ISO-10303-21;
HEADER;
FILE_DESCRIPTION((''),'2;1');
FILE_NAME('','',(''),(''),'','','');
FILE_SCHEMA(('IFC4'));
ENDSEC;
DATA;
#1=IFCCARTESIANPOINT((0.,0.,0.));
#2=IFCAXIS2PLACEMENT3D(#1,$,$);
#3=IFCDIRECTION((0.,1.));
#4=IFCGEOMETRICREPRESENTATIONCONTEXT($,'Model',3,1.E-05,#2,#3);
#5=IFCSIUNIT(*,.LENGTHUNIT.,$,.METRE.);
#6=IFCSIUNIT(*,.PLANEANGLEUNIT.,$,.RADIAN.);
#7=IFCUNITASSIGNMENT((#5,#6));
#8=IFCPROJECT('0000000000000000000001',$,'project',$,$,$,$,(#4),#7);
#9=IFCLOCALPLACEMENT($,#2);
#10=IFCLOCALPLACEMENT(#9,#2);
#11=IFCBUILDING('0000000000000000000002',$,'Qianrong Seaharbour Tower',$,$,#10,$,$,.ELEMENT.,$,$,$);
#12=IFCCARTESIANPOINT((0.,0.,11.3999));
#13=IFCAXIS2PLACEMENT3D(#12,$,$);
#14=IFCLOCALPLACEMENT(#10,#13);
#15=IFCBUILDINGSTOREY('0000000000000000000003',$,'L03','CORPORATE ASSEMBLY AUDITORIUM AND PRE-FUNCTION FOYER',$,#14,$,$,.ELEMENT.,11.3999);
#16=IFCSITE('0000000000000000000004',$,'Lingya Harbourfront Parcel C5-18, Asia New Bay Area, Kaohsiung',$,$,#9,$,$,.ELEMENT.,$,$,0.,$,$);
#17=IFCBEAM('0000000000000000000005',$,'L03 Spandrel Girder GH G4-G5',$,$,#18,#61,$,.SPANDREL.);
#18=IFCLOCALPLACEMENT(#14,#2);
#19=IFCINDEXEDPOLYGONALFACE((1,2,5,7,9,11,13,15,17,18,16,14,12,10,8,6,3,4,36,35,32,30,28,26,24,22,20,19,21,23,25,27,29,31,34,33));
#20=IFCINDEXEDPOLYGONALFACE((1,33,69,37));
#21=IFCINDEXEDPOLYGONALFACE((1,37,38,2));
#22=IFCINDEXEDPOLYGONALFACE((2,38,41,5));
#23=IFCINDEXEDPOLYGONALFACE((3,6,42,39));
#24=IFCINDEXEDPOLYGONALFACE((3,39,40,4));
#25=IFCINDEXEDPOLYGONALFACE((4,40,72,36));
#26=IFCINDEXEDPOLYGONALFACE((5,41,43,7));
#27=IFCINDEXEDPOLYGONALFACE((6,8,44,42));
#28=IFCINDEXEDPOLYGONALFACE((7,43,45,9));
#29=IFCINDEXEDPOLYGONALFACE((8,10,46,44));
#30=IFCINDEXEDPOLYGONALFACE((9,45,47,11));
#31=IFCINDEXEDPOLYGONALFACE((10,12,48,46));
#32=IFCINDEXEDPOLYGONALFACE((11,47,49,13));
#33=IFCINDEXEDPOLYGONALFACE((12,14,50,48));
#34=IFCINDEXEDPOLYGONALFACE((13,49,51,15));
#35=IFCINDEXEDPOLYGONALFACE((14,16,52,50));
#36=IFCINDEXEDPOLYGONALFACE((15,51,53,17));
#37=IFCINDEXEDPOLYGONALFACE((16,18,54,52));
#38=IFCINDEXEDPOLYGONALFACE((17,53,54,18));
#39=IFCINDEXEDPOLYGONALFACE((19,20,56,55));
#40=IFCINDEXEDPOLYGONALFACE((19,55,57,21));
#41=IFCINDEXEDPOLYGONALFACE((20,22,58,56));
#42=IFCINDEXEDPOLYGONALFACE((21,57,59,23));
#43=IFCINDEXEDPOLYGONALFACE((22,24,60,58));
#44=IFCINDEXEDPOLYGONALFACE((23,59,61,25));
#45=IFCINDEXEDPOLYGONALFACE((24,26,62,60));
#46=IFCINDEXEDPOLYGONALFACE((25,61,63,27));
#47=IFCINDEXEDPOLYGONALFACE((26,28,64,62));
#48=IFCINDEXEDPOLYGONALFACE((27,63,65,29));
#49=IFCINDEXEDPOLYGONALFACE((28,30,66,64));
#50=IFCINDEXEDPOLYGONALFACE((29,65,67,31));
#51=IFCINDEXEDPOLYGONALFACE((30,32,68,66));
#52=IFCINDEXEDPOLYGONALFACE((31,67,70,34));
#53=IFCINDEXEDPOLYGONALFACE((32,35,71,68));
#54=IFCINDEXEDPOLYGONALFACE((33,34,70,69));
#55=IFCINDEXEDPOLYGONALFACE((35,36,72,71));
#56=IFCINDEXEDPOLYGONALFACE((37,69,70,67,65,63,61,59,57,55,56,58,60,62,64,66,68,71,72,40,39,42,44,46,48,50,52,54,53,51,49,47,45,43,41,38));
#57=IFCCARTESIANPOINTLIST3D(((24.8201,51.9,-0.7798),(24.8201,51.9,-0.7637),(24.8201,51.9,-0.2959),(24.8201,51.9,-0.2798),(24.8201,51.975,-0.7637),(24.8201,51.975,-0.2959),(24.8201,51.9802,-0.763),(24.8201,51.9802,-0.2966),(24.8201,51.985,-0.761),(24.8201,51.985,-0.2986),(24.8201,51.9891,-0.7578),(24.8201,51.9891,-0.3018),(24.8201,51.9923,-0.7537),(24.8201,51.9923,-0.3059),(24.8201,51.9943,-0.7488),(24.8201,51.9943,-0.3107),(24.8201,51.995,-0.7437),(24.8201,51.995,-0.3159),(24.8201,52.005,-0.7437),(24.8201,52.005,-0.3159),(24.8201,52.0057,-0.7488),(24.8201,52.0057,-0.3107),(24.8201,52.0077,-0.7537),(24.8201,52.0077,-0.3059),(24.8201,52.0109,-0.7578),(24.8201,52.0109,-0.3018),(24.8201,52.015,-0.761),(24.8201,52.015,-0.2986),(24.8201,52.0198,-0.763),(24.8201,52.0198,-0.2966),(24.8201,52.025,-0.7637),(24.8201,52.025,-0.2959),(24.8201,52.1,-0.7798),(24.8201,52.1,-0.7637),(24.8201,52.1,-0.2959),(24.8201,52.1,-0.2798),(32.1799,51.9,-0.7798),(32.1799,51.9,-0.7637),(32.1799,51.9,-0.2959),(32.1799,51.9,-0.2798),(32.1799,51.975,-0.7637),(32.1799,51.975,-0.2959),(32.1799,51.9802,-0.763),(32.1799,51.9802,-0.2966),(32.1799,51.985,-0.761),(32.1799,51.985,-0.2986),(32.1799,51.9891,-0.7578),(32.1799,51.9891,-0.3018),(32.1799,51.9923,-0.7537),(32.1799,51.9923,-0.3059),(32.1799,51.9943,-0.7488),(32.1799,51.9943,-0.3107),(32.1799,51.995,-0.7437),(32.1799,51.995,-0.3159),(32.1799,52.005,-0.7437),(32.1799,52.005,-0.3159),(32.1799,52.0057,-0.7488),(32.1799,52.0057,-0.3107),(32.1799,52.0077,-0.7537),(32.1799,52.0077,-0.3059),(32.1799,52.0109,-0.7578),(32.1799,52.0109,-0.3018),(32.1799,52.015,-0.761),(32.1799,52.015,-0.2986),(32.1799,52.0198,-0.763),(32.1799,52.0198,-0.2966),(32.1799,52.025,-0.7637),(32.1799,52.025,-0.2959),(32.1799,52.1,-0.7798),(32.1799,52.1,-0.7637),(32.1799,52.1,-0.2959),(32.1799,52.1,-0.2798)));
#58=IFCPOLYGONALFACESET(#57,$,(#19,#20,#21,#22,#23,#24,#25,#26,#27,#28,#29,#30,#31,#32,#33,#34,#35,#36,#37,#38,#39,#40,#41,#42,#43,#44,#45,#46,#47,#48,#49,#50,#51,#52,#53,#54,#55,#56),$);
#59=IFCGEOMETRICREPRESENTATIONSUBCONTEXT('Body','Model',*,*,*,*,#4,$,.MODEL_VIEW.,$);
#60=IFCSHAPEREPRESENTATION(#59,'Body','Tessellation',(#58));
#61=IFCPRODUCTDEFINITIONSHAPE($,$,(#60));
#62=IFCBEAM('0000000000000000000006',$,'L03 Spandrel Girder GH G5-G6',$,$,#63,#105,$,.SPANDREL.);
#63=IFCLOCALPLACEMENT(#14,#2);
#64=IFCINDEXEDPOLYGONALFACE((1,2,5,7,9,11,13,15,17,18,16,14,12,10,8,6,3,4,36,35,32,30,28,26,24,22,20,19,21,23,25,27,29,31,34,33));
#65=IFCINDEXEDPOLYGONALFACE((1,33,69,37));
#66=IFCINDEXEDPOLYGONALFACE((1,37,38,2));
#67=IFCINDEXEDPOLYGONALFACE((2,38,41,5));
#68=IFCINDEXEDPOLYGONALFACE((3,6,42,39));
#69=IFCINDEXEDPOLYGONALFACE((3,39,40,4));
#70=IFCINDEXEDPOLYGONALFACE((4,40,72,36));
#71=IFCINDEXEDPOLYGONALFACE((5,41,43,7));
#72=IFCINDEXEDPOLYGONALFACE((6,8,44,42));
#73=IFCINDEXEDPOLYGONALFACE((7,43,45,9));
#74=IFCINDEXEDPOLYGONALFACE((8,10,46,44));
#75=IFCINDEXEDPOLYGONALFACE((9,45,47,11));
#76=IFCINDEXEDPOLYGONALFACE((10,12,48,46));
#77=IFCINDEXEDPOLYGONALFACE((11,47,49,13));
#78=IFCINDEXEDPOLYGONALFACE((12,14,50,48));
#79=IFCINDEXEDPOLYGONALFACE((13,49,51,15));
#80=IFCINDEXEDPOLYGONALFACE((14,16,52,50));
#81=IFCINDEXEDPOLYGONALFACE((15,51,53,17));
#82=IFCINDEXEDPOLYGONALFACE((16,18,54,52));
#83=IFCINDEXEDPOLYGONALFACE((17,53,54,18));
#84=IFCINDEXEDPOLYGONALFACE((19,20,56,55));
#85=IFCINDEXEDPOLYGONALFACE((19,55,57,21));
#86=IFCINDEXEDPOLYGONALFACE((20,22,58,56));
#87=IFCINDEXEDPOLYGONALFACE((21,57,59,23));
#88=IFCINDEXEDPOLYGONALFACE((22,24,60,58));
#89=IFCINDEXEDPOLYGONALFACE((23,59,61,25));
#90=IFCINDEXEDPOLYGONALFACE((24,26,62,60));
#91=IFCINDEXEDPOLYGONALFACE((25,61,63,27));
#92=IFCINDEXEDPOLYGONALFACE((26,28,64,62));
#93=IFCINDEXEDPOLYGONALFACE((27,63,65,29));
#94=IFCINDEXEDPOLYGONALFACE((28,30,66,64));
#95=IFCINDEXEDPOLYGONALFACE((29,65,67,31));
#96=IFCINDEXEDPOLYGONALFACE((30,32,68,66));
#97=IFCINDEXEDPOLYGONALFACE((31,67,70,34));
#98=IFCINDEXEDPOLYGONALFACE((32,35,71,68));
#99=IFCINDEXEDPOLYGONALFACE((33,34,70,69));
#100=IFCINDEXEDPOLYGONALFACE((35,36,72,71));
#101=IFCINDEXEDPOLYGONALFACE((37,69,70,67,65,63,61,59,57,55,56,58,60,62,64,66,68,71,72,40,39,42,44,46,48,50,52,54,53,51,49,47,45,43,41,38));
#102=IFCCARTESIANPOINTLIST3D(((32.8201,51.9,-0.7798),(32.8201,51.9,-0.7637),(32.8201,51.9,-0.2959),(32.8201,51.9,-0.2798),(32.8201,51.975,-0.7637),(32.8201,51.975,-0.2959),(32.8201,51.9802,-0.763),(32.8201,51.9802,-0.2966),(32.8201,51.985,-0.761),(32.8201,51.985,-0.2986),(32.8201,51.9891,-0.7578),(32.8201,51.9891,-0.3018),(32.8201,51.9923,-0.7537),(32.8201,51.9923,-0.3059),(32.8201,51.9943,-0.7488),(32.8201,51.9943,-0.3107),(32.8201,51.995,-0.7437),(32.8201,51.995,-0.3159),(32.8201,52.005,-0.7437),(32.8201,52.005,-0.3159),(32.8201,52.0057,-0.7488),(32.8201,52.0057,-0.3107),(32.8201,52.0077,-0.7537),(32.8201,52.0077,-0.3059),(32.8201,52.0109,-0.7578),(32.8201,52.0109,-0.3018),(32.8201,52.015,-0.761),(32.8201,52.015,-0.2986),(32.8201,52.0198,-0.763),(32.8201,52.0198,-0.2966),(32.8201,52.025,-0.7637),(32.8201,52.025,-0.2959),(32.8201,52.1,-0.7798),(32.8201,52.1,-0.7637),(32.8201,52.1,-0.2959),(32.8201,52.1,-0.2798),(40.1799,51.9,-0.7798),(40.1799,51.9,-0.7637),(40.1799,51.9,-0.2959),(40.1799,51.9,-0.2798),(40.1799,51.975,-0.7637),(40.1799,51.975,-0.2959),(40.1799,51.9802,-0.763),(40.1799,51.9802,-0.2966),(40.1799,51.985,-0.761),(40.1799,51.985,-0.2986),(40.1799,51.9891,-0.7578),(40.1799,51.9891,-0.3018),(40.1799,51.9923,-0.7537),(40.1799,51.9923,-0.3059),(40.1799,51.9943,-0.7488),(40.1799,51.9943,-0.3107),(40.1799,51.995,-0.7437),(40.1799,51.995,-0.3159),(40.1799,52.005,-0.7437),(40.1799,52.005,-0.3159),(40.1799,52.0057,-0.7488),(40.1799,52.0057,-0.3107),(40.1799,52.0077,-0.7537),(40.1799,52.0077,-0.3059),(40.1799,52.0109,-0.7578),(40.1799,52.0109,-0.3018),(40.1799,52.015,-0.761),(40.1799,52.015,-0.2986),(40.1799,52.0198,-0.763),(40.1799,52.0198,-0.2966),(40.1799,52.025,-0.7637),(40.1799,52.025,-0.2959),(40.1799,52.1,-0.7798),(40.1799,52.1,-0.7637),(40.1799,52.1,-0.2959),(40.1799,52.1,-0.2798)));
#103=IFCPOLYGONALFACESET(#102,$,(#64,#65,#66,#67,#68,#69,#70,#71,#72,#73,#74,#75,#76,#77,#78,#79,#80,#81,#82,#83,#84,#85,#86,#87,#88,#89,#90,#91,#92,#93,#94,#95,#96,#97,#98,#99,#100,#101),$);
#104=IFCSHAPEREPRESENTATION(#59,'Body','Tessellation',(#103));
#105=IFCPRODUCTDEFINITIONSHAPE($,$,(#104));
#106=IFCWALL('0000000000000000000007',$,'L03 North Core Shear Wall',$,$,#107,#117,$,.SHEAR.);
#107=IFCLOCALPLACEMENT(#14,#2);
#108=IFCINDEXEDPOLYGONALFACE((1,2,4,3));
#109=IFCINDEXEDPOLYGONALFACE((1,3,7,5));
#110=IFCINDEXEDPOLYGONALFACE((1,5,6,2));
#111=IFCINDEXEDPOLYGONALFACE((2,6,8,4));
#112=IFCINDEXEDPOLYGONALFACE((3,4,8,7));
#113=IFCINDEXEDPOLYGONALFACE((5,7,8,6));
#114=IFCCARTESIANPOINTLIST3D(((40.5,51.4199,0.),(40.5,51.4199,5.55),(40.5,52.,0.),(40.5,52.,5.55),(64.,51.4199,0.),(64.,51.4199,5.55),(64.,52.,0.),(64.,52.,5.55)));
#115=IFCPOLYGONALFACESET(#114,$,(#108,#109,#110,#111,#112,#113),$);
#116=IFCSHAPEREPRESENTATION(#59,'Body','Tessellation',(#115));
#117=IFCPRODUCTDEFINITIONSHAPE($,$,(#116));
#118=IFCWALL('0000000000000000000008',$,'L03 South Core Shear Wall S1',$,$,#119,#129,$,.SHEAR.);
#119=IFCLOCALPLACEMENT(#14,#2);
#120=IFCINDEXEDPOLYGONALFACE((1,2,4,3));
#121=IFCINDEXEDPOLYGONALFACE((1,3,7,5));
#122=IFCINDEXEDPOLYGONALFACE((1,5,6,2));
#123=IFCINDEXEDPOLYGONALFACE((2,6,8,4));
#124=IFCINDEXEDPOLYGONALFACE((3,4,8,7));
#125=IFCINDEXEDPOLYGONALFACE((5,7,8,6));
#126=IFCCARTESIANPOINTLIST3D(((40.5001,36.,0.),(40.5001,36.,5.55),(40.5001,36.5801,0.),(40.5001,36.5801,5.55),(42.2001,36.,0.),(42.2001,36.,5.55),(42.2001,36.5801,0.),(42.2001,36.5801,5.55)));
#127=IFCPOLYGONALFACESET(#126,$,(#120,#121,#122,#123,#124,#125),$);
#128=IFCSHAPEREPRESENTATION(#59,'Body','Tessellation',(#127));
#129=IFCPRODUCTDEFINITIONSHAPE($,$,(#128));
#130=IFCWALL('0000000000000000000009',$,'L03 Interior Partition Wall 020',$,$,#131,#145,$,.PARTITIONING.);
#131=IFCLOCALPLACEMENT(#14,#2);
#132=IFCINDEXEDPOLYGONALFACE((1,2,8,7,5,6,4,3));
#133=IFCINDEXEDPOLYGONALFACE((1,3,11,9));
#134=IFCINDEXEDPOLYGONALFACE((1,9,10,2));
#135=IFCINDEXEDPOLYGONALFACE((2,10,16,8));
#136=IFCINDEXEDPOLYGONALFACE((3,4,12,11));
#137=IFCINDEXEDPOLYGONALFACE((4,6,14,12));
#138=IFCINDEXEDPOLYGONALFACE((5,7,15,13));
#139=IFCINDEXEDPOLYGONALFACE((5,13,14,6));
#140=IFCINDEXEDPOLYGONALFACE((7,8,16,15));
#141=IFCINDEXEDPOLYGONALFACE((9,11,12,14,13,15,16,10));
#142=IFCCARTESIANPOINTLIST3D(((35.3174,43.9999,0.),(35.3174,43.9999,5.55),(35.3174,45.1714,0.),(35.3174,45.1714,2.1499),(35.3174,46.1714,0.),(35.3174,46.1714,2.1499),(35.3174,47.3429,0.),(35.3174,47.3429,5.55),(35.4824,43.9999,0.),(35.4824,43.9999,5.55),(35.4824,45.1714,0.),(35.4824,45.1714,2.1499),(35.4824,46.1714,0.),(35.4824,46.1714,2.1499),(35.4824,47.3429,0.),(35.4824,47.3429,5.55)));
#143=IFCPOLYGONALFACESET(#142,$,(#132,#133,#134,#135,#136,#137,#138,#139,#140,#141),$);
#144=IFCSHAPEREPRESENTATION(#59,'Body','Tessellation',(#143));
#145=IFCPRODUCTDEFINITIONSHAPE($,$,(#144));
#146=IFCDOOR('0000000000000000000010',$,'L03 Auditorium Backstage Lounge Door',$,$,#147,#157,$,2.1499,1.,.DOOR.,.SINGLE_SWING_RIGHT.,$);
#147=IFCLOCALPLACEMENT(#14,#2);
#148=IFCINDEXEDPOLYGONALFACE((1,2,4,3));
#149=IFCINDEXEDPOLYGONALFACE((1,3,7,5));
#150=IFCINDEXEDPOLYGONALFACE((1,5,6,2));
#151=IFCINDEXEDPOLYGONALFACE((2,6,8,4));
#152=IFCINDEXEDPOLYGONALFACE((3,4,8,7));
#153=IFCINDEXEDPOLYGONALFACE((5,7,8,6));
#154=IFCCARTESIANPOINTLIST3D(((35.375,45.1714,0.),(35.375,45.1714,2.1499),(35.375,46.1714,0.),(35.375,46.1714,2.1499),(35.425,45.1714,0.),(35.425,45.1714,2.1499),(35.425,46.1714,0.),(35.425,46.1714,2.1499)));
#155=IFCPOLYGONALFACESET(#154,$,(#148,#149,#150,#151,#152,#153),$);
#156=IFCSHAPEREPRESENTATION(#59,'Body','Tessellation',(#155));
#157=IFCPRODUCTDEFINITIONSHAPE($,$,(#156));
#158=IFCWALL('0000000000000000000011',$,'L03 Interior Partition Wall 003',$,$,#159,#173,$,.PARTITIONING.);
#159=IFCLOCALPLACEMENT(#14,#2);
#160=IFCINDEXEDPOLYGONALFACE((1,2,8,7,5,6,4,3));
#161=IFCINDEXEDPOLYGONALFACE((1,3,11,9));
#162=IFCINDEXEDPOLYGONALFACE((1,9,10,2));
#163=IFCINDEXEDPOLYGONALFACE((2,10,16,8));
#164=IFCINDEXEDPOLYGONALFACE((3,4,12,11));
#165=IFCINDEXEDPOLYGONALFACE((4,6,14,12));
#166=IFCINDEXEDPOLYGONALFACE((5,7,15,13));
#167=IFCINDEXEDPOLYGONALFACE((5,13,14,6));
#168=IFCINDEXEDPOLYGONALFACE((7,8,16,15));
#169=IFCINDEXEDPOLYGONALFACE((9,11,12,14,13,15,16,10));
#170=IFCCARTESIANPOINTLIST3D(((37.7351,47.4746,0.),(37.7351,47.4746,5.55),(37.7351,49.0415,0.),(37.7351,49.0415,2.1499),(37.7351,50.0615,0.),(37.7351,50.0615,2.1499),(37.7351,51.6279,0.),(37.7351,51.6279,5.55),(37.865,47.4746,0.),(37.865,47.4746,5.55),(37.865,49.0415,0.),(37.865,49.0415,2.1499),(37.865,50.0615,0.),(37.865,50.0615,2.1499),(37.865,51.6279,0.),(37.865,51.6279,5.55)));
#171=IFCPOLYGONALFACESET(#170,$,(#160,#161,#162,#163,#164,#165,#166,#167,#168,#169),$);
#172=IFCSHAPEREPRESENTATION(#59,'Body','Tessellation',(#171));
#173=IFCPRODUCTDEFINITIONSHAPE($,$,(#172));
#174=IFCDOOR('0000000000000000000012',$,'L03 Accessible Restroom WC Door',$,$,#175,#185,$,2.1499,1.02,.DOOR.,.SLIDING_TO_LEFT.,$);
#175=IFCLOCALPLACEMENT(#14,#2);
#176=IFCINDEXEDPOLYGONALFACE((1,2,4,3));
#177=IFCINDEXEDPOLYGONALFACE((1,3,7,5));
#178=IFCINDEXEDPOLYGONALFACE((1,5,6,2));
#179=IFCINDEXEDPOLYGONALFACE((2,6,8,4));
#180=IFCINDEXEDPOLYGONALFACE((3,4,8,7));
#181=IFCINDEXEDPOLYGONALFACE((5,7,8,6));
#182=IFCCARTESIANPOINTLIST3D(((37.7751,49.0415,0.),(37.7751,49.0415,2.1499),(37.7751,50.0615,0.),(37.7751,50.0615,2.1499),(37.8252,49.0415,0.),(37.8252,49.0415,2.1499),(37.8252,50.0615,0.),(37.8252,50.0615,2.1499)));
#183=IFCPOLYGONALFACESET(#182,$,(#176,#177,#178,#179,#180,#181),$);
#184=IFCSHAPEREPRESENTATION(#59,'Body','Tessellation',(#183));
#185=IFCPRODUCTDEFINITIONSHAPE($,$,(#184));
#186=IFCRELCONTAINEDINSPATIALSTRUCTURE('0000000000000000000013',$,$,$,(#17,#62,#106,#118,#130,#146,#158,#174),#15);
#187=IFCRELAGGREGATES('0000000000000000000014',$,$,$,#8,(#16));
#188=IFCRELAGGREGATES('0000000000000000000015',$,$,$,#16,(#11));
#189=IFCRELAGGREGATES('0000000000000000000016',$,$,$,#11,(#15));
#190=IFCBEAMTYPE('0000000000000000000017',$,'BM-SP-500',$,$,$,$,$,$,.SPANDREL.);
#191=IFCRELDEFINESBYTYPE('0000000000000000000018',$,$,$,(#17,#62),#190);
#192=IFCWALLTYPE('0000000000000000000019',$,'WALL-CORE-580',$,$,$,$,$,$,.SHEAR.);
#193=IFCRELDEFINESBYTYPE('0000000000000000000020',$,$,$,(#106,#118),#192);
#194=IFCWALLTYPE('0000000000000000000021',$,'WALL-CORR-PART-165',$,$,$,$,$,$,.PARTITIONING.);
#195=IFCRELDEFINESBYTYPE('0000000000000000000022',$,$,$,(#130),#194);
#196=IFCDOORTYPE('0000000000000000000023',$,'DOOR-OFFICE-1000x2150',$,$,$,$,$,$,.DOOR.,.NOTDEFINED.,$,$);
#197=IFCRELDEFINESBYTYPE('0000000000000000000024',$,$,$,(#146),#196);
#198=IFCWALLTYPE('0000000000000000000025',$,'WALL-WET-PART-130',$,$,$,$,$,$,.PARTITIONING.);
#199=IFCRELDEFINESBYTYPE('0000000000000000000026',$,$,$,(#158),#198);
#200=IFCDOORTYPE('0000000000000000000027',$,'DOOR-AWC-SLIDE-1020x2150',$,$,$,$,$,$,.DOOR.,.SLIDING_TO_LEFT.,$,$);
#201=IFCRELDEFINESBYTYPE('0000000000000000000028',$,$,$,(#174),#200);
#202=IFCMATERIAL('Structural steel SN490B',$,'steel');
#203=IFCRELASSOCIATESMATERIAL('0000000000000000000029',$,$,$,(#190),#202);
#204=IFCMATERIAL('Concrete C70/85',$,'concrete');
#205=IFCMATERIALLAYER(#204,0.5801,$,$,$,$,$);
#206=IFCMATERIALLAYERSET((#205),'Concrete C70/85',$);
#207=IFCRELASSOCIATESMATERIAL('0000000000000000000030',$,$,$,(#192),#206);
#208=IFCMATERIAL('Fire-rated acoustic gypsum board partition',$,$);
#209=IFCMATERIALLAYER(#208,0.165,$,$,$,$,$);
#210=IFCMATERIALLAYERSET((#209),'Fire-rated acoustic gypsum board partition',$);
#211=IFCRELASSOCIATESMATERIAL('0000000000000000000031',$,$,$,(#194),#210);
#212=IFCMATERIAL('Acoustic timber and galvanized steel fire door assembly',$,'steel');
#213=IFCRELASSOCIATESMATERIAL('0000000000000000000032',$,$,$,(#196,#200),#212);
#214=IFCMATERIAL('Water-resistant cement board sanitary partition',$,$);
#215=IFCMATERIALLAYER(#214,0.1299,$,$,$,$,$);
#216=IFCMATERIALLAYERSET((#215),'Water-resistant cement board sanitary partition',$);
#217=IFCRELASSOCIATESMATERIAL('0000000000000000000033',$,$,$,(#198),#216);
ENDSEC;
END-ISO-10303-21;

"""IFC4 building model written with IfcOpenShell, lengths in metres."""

from ifc_helpers import new_model, si_unit, direction, frame, frame_2d, origin, origin_2d, place, context, subcontext, project, spatial, rectangle, i_section, extrude, material, layer, layer_set, material_profile, profile_set, type_object, element, fill, save


model = new_model("IFC4")

# Units and contexts
model_context = context("Model", 3, precision=1e-05, world=origin(), true_north=direction((0.0, 1.0)))
body_context = subcontext(model_context, "Body", "Model", "MODEL_VIEW")
ifc_project = project(units=[si_unit("LENGTHUNIT", "METRE"), si_unit("PLANEANGLEUNIT", "RADIAN")], contexts=[model_context])

# Site, building, storey
site_placement = place(None, origin())
site = spatial("IfcSite", under=ifc_project, at=site_placement, Name="Lingya Harbourfront Parcel C5-18, Asia New Bay Area, Kaohsiung", CompositionType="ELEMENT", RefElevation=0.0)
building_placement = place(site_placement, origin())
building = spatial("IfcBuilding", under=site, at=building_placement, Name="Qianrong Seaharbour Tower", CompositionType="ELEMENT")
storey_placement = place(building_placement, frame((0.0, 0.0, 11.3999)))
storey = spatial("IfcBuildingStorey", under=building, at=storey_placement, Name="L03", Description="CORPORATE ASSEMBLY AUDITORIUM AND PRE-FUNCTION FOYER", CompositionType="ELEMENT", Elevation=11.3999)

# Shared definitions
ifc_material_1 = material(Name="Structural steel SN490B", Category="steel")
ifc_material_2 = material(Name="Concrete C70/85", Category="concrete")

# Beams
ifc_material_profile_1 = material_profile(ifc_material_1, i_section(OverallWidth=0.2, OverallDepth=0.5, WebThickness=0.01, FlangeThickness=0.0161, FilletRadius=0.02, at=origin_2d()), Name="H500x200x10x16")
ifc_profile_set_1 = profile_set([ifc_material_profile_1], Name="Structural steel SN490B")
beam_type_1 = type_object("IfcBeamType", Name="BM-SP-500", PredefinedType="SPANDREL", material=ifc_profile_set_1)
for number, where, z_axis, x_axis, name in (
    (1, (24.8201, 52.0, -0.5298), (1.0, 0.0, 0.0), (0.0, 1.0, 0.0), "L03 Spandrel Girder GH G4-G5"),
    (2, (32.8201, 52.0, -0.5298), (1.0, 0.0, 0.0), (0.0, 1.0, 0.0), "L03 Spandrel Girder GH G5-G6"),
):
    element("IfcBeam", number, at=place(storey_placement, frame(where, z_axis=z_axis, x_axis=x_axis)), inside=storey, type_object=beam_type_1, Name=name, PredefinedType="SPANDREL", context=body_context, shape_type="SweptSolid", body=[
        extrude(i_section(OverallWidth=0.2, OverallDepth=0.5, WebThickness=0.01, FlangeThickness=0.0161, FilletRadius=0.02, at=origin_2d()), origin(), (0.0, 0.0, 1.0), 7.3599),
    ])

# Walls
ifc_layer_1 = layer(ifc_material_2, 0.5801)
ifc_layer_set_1 = layer_set([ifc_layer_1], Name="Concrete C70/85")
wall_type_1 = type_object("IfcWallType", Name="WALL-CORE-580", PredefinedType="SHEAR", material=ifc_layer_set_1)
wall_1_placement = place(storey_placement, frame((40.5, 51.71, 0.0), z_axis=(0.0, 0.0, 1.0), x_axis=(1.0, 0.0, 0.0)))
element("IfcWall", 3, at=wall_1_placement, inside=storey, type_object=wall_type_1, Name="L03 North Core Shear Wall", PredefinedType="SHEAR", context=body_context, shape_type="SweptSolid", body=[
    extrude(rectangle(XDim=23.5, YDim=0.5801, at=frame_2d((11.75, 0.0))), origin(), (0.0, 0.0, 1.0), 5.55),
])
wall_2_placement = place(storey_placement, frame((40.5, 36.29, 0.0), z_axis=(0.0, 0.0, 1.0), x_axis=(1.0, 0.0, 0.0)))
element("IfcWall", 4, at=wall_2_placement, inside=storey, type_object=wall_type_1, Name="L03 South Core Shear Wall S1", PredefinedType="SHEAR", context=body_context, shape_type="SweptSolid", body=[
    extrude(rectangle(XDim=1.7, YDim=0.5801, at=frame_2d((0.8501, 0.0))), origin(), (0.0, 0.0, 1.0), 5.55),
])

# Walls, openings, doors
ifc_material_3 = material(Name="Fire-rated acoustic gypsum board partition")
ifc_layer_2 = layer(ifc_material_3, 0.165)
ifc_layer_set_2 = layer_set([ifc_layer_2], Name="Fire-rated acoustic gypsum board partition")
wall_type_2 = type_object("IfcWallType", Name="WALL-CORR-PART-165", PredefinedType="PARTITIONING", material=ifc_layer_set_2)
ifc_material_4 = material(Name="Acoustic timber and galvanized steel fire door assembly", Category="steel")
wall_3_placement = place(storey_placement, frame((35.3999, 44.0, 0.0), z_axis=(0.0, 0.0, 1.0), x_axis=(0.0, 1.0, 0.0)))
wall_3 = element("IfcWall", 5, at=wall_3_placement, inside=storey, type_object=wall_type_2, Name="L03 Interior Partition Wall 020", PredefinedType="PARTITIONING", context=body_context, shape_type="SweptSolid", body=[
    extrude(rectangle(XDim=3.343, YDim=0.165, at=frame_2d((1.6714, 0.0))), origin(), (0.0, 0.0, 1.0), 5.55),
])
opening_1_placement = place(wall_3_placement, frame((1.1714, 0.0, 0.0)))
opening_1 = element("IfcOpeningElement", 6, at=opening_1_placement, cuts=wall_3, PredefinedType="OPENING", context=body_context, shape_type="SweptSolid", body=[
    extrude(rectangle(XDim=1.0, YDim=2.1499, at=frame_2d((0.5, 1.075))), frame((0.0, 0.0925, 0.0), z_axis=(0.0, -1.0, 0.0), x_axis=(1.0, 0.0, 0.0)), (0.0, 0.0, 1.0), 0.1851),
])
door_type_1 = type_object("IfcDoorType", Name="DOOR-OFFICE-1000x2150", OperationType="NOTDEFINED", PredefinedType="DOOR", material=ifc_material_4)
door_1_placement = place(opening_1_placement, origin())
door_1 = element("IfcDoor", 7, at=door_1_placement, inside=storey, type_object=door_type_1, Name="L03 Auditorium Backstage Lounge Door", OperationType="SINGLE_SWING_RIGHT", OverallHeight=2.1499, OverallWidth=1.0, PredefinedType="DOOR", context=body_context, shape_type="SweptSolid", body=[
    extrude(rectangle(XDim=1.0, YDim=2.1499, at=frame_2d((0.5, 1.075))), frame((0.0, 0.0249, 0.0), z_axis=(0.0, -1.0, 0.0), x_axis=(1.0, 0.0, 0.0)), (0.0, 0.0, 1.0), 0.05),
])
fill(opening_1, door_1)
ifc_material_5 = material(Name="Water-resistant cement board sanitary partition")
ifc_layer_3 = layer(ifc_material_5, 0.1299)
ifc_layer_set_3 = layer_set([ifc_layer_3], Name="Water-resistant cement board sanitary partition")
wall_type_3 = type_object("IfcWallType", Name="WALL-WET-PART-130", PredefinedType="PARTITIONING", material=ifc_layer_set_3)
wall_4_placement = place(storey_placement, frame((37.8, 47.4746, 0.0), z_axis=(0.0, 0.0, 1.0), x_axis=(0.0, 1.0, 0.0)))
wall_4 = element("IfcWall", 8, at=wall_4_placement, inside=storey, type_object=wall_type_3, Name="L03 Interior Partition Wall 003", PredefinedType="PARTITIONING", context=body_context, shape_type="SweptSolid", body=[
    extrude(rectangle(XDim=4.1533, YDim=0.1299, at=frame_2d((2.0767, 0.0))), origin(), (0.0, 0.0, 1.0), 5.55),
])
opening_2_placement = place(wall_4_placement, frame((1.5669, 0.0, 0.0)))
opening_2 = element("IfcOpeningElement", 9, at=opening_2_placement, cuts=wall_4, PredefinedType="OPENING", context=body_context, shape_type="SweptSolid", body=[
    extrude(rectangle(XDim=1.02, YDim=2.1499, at=frame_2d((0.51, 1.075))), frame((0.0, 0.075, 0.0), z_axis=(0.0, -1.0, 0.0), x_axis=(1.0, 0.0, 0.0)), (0.0, 0.0, 1.0), 0.1499),
])
door_type_2 = type_object("IfcDoorType", Name="DOOR-AWC-SLIDE-1020x2150", OperationType="SLIDING_TO_LEFT", PredefinedType="DOOR", material=ifc_material_4)
door_2_placement = place(opening_2_placement, origin())
door_2 = element("IfcDoor", 10, at=door_2_placement, inside=storey, type_object=door_type_2, Name="L03 Accessible Restroom WC Door", OperationType="SLIDING_TO_LEFT", OverallHeight=2.1499, OverallWidth=1.02, PredefinedType="DOOR", context=body_context, shape_type="SweptSolid", body=[
    extrude(rectangle(XDim=1.02, YDim=2.1499, at=frame_2d((0.51, 1.075))), frame((0.0, 0.0249, 0.0), z_axis=(0.0, -1.0, 0.0), x_axis=(1.0, 0.0, 0.0)), (0.0, 0.0, 1.0), 0.05),
])
fill(opening_2, door_2)

save(model, "model.ifc")
